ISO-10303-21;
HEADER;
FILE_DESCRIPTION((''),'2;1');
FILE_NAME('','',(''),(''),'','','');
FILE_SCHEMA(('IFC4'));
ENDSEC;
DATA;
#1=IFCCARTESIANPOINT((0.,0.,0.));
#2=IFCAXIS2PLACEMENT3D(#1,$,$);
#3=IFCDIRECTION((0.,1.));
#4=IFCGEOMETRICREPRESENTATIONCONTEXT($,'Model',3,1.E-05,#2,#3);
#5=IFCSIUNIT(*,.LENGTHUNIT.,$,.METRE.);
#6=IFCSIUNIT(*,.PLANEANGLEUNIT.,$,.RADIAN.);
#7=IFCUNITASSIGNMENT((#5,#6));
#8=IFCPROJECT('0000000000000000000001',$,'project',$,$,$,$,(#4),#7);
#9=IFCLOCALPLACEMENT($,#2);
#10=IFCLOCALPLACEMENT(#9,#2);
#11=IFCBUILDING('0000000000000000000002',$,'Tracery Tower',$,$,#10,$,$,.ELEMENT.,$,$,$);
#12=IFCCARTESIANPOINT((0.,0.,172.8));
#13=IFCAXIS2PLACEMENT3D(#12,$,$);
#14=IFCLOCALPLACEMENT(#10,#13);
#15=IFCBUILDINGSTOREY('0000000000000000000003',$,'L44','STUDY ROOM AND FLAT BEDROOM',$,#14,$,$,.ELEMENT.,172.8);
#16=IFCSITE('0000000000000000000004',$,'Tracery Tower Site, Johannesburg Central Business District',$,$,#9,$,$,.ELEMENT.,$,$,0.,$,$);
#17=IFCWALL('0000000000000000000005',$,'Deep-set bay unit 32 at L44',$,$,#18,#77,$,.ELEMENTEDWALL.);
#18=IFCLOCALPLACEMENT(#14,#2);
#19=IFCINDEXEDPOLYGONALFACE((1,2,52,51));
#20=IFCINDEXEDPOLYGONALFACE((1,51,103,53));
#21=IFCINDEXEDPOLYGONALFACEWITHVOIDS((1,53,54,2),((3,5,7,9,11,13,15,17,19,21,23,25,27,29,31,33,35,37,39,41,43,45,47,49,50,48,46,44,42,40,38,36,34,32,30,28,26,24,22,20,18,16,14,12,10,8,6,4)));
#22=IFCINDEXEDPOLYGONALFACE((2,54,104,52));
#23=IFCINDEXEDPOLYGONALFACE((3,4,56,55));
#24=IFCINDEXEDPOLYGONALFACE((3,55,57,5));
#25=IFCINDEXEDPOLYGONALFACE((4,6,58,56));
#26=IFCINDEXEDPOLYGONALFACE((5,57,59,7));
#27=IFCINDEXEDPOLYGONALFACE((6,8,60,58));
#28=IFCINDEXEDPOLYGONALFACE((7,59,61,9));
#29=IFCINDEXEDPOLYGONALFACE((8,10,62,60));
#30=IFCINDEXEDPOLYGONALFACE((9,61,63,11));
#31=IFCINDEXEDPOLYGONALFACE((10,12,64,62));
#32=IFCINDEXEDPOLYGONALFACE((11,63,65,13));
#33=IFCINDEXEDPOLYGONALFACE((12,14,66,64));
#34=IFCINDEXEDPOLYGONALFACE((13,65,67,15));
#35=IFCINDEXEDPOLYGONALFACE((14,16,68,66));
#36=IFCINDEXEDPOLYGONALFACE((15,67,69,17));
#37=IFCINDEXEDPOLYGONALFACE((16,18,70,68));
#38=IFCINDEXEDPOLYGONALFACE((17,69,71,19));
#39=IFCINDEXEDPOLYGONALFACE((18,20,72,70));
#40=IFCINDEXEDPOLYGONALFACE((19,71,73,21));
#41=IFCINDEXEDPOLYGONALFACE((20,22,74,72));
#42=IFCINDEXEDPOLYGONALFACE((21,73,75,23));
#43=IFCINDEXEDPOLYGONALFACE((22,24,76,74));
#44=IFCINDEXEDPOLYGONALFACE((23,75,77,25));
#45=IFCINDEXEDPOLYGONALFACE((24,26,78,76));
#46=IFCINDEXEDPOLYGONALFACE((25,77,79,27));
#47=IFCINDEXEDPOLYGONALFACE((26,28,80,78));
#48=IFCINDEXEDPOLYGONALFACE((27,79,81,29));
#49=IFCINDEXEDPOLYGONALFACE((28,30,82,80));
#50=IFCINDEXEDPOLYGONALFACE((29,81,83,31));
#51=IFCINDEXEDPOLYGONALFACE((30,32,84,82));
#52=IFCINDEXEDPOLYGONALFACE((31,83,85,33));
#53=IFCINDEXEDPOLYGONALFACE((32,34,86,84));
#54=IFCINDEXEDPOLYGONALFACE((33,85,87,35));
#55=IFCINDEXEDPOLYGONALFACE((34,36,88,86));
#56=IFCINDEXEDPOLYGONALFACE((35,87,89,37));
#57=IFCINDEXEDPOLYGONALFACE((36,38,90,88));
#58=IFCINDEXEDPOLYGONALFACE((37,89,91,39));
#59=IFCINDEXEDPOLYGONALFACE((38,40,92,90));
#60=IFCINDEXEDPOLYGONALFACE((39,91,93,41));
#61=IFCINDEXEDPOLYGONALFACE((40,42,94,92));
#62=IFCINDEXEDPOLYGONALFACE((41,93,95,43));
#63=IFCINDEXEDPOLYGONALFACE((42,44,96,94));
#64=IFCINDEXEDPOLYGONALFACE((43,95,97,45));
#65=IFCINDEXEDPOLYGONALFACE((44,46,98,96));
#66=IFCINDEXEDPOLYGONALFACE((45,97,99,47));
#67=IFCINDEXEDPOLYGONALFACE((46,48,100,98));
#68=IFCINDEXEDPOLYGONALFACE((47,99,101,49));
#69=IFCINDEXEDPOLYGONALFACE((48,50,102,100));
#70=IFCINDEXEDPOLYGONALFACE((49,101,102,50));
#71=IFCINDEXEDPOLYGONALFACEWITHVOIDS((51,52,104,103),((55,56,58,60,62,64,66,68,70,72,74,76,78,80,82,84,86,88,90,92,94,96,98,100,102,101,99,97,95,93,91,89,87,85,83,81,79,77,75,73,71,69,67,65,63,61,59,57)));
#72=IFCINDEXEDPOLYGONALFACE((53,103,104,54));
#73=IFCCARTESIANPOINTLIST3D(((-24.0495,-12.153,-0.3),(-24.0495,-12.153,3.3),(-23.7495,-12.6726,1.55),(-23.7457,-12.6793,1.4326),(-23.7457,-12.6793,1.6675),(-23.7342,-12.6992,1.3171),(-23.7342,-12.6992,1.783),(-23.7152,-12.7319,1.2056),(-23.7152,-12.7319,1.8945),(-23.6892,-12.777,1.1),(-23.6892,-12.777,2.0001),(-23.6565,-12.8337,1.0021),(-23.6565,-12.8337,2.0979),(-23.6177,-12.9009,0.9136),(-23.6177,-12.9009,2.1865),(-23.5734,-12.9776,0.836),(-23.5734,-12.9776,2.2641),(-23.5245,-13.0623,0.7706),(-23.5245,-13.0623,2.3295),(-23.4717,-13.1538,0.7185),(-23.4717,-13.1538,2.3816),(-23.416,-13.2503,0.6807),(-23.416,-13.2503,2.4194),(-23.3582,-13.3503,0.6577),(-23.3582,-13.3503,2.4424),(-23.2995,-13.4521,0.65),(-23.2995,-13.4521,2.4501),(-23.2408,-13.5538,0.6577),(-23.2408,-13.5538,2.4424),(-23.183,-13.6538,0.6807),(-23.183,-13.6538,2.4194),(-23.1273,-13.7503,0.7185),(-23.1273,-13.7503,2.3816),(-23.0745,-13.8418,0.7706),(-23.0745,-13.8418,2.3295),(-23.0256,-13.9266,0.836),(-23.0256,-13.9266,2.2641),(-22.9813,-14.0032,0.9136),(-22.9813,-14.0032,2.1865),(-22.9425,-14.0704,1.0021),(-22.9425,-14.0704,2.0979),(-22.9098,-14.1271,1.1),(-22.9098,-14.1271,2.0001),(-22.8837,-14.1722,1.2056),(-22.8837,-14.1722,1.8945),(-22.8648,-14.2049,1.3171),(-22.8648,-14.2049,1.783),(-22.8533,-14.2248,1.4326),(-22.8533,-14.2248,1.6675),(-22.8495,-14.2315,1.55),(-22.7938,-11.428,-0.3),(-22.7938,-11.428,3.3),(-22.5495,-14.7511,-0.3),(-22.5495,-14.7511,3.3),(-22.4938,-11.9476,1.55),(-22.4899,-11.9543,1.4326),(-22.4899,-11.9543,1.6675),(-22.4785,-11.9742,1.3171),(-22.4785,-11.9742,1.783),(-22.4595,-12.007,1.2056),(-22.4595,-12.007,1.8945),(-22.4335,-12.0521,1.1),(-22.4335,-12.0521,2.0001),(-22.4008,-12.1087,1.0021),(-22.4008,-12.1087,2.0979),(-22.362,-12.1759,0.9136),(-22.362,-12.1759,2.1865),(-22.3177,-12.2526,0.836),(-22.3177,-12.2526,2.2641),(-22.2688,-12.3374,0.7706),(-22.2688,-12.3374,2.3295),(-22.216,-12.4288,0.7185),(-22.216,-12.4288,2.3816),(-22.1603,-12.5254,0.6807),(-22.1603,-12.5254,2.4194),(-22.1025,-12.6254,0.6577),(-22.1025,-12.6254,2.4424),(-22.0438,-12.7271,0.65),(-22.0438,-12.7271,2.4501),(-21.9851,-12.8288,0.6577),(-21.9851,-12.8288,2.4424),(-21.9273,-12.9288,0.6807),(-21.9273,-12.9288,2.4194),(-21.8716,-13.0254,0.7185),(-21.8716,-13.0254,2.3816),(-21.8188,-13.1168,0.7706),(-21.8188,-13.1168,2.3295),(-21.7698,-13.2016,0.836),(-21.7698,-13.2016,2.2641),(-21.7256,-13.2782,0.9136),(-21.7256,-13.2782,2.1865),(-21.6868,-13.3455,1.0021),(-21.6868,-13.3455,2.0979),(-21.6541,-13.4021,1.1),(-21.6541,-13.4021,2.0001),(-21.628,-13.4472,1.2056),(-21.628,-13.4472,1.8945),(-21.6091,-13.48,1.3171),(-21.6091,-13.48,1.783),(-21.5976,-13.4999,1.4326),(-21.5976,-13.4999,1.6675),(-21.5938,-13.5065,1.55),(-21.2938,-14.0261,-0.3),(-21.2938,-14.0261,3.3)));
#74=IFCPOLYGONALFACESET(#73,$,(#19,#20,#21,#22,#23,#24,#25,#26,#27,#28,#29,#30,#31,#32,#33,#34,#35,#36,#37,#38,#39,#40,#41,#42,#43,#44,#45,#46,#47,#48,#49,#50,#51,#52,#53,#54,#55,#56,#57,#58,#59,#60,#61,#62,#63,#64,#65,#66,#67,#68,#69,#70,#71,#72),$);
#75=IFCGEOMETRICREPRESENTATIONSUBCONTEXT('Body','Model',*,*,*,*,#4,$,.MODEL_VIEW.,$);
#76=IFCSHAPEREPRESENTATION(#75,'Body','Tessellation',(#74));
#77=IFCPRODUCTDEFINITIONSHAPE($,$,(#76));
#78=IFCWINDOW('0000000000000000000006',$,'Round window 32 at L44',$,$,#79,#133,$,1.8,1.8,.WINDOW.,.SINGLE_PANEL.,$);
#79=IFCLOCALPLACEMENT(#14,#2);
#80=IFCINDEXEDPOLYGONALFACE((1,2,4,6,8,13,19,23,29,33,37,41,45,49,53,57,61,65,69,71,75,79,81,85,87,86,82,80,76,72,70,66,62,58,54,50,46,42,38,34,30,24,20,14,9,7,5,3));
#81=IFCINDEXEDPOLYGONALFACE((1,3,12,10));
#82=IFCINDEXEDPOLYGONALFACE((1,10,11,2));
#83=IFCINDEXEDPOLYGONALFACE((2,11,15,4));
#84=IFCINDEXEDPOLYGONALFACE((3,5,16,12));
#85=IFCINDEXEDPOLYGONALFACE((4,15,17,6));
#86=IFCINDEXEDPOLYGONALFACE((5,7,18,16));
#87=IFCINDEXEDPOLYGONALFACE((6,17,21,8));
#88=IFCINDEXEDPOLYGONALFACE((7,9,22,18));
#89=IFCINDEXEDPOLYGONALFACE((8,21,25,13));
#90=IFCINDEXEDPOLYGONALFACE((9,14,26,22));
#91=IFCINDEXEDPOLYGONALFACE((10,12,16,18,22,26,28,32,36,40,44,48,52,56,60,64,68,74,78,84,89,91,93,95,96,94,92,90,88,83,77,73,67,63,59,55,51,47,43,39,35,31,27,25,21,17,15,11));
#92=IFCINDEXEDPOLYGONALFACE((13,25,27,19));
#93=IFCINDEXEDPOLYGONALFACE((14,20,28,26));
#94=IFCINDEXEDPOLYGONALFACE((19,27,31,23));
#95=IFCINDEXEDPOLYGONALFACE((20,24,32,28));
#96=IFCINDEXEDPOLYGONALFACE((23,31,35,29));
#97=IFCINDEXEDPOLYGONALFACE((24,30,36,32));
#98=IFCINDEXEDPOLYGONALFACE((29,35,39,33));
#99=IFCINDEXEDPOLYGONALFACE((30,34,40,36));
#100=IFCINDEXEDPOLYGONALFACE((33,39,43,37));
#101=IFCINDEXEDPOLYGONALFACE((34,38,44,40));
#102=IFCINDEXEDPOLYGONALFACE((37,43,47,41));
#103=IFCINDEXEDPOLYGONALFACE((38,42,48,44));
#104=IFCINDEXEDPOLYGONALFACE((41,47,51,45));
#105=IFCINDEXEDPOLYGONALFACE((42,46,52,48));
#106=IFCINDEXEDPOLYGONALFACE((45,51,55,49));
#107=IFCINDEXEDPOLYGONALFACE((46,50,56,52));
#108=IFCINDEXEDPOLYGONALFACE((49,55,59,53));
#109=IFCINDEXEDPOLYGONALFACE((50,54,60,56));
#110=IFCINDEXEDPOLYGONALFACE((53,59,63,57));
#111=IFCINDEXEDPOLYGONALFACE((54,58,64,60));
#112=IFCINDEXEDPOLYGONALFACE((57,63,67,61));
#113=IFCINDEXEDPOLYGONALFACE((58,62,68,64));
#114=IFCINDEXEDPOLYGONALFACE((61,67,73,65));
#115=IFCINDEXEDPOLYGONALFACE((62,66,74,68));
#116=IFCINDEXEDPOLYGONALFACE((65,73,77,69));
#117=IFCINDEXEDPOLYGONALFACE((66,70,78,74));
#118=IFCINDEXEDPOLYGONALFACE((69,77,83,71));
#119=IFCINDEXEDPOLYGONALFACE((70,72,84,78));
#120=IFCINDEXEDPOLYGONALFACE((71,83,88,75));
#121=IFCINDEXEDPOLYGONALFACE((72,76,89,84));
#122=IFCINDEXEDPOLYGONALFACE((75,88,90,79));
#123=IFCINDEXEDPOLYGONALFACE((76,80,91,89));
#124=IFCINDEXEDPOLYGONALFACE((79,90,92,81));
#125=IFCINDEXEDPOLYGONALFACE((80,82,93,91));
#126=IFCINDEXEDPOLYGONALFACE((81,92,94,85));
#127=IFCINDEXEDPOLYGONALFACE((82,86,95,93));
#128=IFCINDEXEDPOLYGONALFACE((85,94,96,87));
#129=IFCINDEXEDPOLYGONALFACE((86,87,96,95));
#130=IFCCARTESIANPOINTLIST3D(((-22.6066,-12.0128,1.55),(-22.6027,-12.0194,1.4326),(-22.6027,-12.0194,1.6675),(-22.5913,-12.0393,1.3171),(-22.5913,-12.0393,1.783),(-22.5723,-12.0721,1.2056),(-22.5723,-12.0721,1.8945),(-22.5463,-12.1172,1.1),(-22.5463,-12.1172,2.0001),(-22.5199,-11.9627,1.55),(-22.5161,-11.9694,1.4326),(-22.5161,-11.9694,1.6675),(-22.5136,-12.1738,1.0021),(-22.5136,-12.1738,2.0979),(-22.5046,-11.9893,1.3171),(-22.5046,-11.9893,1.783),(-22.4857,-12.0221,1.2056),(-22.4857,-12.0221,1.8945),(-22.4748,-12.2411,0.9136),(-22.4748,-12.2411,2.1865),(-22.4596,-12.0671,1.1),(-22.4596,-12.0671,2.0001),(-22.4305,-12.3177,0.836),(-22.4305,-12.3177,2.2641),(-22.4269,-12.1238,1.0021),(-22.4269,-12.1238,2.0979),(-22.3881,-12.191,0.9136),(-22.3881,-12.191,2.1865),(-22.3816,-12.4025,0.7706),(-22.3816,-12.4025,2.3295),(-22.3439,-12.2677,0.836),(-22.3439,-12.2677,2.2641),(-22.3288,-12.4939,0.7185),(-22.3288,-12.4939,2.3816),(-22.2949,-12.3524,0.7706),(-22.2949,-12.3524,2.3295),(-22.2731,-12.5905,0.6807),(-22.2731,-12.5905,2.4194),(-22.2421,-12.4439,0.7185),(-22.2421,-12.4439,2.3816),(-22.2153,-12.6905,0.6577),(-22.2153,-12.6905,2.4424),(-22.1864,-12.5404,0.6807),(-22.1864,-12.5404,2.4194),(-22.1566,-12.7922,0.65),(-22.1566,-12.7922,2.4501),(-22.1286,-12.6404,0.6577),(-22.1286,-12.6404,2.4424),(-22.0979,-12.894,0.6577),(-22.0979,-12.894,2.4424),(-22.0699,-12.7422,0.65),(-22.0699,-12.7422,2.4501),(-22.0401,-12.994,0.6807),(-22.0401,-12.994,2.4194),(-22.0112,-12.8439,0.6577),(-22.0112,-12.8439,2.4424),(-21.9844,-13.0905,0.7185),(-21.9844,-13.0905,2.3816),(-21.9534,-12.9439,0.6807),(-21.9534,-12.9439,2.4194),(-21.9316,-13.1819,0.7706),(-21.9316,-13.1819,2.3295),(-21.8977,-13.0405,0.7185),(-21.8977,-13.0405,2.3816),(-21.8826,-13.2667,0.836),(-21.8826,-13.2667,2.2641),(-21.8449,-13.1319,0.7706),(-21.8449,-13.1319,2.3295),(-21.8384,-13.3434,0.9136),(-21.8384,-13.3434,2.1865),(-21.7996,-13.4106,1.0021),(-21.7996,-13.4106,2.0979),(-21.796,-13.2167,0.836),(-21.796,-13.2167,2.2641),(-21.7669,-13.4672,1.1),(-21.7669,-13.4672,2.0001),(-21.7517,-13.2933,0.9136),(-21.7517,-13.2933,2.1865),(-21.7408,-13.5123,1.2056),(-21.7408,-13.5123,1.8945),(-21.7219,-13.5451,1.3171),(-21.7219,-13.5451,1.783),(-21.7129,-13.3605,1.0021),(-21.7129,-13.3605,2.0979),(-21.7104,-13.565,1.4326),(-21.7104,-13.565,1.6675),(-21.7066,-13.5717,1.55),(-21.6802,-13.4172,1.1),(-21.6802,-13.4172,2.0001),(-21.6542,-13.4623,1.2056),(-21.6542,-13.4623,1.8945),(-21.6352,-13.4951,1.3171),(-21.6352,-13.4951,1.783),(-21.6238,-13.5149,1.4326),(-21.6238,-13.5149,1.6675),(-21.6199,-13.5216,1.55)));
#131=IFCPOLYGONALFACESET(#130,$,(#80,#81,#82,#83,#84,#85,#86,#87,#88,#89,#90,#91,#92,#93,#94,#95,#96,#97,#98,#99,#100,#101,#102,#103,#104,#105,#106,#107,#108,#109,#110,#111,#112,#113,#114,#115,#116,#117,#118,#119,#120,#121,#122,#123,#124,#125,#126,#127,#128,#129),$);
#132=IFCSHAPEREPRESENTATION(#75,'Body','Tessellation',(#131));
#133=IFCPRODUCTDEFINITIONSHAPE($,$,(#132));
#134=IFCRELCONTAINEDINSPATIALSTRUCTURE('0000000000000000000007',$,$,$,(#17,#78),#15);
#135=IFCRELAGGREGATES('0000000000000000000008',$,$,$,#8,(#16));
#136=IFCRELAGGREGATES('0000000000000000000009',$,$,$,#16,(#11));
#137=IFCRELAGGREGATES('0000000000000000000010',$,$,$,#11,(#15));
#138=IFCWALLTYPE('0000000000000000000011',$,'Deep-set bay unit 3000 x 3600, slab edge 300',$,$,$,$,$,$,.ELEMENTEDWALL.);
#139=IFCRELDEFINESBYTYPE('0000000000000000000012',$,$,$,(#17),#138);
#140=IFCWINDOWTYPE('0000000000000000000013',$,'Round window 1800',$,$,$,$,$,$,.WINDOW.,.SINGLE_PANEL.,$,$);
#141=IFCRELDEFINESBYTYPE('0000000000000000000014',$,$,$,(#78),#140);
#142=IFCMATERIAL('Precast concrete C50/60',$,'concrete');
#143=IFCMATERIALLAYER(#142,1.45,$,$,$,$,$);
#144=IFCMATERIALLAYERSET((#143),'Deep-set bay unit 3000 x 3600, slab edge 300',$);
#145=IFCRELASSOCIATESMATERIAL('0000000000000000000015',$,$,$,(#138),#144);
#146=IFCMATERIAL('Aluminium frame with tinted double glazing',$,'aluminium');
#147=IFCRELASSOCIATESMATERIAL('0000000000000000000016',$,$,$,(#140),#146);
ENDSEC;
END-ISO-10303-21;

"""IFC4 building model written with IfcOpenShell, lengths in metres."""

from ifc_helpers import new_model, si_unit, direction, frame, frame_2d, origin, origin_2d, place, context, subcontext, project, spatial, rectangle, circle, extrude, material, layer, layer_set, type_object, element, fill, save


model = new_model("IFC4")

# Units and contexts
model_context = context("Model", 3, precision=1e-05, world=origin(), true_north=direction((0.0, 1.0)))
body_context = subcontext(model_context, "Body", "Model", "MODEL_VIEW")
ifc_project = project(units=[si_unit("LENGTHUNIT", "METRE"), si_unit("PLANEANGLEUNIT", "RADIAN")], contexts=[model_context])

# Site, building, storey
site_placement = place(None, origin())
site = spatial("IfcSite", under=ifc_project, at=site_placement, Name="Tracery Tower Site, Johannesburg Central Business District", CompositionType="ELEMENT", RefElevation=0.0)
building_placement = place(site_placement, origin())
building = spatial("IfcBuilding", under=site, at=building_placement, Name="Tracery Tower", CompositionType="ELEMENT")
storey_placement = place(building_placement, frame((0.0, 0.0, 172.8)))
storey = spatial("IfcBuildingStorey", under=building, at=storey_placement, Name="L44", Description="STUDY ROOM AND FLAT BEDROOM", CompositionType="ELEMENT", Elevation=172.8)

# Wall, opening, window
ifc_material_1 = material(Name="Precast concrete C50/60", Category="concrete")
ifc_layer_1 = layer(ifc_material_1, 1.45)
ifc_layer_set_1 = layer_set([ifc_layer_1], Name="Deep-set bay unit 3000 x 3600, slab edge 300")
wall_type_1 = type_object("IfcWallType", Name="Deep-set bay unit 3000 x 3600, slab edge 300", PredefinedType="ELEMENTEDWALL", material=ifc_layer_set_1)
wall_1_placement = place(storey_placement, frame((-23.4216, -11.7905, -0.3), z_axis=(0.0, 0.0, 1.0), x_axis=(0.49999, -0.866031, 0.0)))
wall_1 = element("IfcWall", 1, at=wall_1_placement, inside=storey, type_object=wall_type_1, Name="Deep-set bay unit 32 at L44", PredefinedType="ELEMENTEDWALL", context=body_context, shape_type="SweptSolid", body=[
    extrude(rectangle(XDim=3.0, YDim=1.45, at=frame_2d((1.5, 0.0))), origin(), (0.0, 0.0, 1.0), 3.6001),
])
opening_1_placement = place(wall_1_placement, frame((1.5, 0.0, 1.8501)))
opening_1 = element("IfcOpeningElement", 2, at=opening_1_placement, cuts=wall_1, PredefinedType="OPENING", context=body_context, shape_type="SweptSolid", body=[
    extrude(circle(Radius=0.9, at=origin_2d()), frame((0.0, 0.7349, 0.0), z_axis=(0.0, -1.0, 0.0), x_axis=(1.0, 0.0, 0.0)), (0.0, 0.0, 1.0), 1.47),
])
ifc_material_2 = material(Name="Aluminium frame with tinted double glazing", Category="aluminium")
window_type = type_object("IfcWindowType", Name="Round window 1800", PartitioningType="SINGLE_PANEL", PredefinedType="WINDOW", material=ifc_material_2)
window_1_placement = place(opening_1_placement, origin())
window_1 = element("IfcWindow", 3, at=window_1_placement, inside=storey, type_object=window_type, Name="Round window 32 at L44", OverallHeight=1.8, OverallWidth=1.8, PartitioningType="SINGLE_PANEL", PredefinedType="WINDOW", context=body_context, shape_type="SweptSolid", body=[
    extrude(circle(Radius=0.9, at=origin_2d()), frame((0.0, 0.6948, 0.0), z_axis=(0.0, -1.0, 0.0), x_axis=(1.0, 0.0, 0.0)), (0.0, 0.0, 1.0), 0.1001),
])
fill(opening_1, window_1)

save(model, "model.ifc")
